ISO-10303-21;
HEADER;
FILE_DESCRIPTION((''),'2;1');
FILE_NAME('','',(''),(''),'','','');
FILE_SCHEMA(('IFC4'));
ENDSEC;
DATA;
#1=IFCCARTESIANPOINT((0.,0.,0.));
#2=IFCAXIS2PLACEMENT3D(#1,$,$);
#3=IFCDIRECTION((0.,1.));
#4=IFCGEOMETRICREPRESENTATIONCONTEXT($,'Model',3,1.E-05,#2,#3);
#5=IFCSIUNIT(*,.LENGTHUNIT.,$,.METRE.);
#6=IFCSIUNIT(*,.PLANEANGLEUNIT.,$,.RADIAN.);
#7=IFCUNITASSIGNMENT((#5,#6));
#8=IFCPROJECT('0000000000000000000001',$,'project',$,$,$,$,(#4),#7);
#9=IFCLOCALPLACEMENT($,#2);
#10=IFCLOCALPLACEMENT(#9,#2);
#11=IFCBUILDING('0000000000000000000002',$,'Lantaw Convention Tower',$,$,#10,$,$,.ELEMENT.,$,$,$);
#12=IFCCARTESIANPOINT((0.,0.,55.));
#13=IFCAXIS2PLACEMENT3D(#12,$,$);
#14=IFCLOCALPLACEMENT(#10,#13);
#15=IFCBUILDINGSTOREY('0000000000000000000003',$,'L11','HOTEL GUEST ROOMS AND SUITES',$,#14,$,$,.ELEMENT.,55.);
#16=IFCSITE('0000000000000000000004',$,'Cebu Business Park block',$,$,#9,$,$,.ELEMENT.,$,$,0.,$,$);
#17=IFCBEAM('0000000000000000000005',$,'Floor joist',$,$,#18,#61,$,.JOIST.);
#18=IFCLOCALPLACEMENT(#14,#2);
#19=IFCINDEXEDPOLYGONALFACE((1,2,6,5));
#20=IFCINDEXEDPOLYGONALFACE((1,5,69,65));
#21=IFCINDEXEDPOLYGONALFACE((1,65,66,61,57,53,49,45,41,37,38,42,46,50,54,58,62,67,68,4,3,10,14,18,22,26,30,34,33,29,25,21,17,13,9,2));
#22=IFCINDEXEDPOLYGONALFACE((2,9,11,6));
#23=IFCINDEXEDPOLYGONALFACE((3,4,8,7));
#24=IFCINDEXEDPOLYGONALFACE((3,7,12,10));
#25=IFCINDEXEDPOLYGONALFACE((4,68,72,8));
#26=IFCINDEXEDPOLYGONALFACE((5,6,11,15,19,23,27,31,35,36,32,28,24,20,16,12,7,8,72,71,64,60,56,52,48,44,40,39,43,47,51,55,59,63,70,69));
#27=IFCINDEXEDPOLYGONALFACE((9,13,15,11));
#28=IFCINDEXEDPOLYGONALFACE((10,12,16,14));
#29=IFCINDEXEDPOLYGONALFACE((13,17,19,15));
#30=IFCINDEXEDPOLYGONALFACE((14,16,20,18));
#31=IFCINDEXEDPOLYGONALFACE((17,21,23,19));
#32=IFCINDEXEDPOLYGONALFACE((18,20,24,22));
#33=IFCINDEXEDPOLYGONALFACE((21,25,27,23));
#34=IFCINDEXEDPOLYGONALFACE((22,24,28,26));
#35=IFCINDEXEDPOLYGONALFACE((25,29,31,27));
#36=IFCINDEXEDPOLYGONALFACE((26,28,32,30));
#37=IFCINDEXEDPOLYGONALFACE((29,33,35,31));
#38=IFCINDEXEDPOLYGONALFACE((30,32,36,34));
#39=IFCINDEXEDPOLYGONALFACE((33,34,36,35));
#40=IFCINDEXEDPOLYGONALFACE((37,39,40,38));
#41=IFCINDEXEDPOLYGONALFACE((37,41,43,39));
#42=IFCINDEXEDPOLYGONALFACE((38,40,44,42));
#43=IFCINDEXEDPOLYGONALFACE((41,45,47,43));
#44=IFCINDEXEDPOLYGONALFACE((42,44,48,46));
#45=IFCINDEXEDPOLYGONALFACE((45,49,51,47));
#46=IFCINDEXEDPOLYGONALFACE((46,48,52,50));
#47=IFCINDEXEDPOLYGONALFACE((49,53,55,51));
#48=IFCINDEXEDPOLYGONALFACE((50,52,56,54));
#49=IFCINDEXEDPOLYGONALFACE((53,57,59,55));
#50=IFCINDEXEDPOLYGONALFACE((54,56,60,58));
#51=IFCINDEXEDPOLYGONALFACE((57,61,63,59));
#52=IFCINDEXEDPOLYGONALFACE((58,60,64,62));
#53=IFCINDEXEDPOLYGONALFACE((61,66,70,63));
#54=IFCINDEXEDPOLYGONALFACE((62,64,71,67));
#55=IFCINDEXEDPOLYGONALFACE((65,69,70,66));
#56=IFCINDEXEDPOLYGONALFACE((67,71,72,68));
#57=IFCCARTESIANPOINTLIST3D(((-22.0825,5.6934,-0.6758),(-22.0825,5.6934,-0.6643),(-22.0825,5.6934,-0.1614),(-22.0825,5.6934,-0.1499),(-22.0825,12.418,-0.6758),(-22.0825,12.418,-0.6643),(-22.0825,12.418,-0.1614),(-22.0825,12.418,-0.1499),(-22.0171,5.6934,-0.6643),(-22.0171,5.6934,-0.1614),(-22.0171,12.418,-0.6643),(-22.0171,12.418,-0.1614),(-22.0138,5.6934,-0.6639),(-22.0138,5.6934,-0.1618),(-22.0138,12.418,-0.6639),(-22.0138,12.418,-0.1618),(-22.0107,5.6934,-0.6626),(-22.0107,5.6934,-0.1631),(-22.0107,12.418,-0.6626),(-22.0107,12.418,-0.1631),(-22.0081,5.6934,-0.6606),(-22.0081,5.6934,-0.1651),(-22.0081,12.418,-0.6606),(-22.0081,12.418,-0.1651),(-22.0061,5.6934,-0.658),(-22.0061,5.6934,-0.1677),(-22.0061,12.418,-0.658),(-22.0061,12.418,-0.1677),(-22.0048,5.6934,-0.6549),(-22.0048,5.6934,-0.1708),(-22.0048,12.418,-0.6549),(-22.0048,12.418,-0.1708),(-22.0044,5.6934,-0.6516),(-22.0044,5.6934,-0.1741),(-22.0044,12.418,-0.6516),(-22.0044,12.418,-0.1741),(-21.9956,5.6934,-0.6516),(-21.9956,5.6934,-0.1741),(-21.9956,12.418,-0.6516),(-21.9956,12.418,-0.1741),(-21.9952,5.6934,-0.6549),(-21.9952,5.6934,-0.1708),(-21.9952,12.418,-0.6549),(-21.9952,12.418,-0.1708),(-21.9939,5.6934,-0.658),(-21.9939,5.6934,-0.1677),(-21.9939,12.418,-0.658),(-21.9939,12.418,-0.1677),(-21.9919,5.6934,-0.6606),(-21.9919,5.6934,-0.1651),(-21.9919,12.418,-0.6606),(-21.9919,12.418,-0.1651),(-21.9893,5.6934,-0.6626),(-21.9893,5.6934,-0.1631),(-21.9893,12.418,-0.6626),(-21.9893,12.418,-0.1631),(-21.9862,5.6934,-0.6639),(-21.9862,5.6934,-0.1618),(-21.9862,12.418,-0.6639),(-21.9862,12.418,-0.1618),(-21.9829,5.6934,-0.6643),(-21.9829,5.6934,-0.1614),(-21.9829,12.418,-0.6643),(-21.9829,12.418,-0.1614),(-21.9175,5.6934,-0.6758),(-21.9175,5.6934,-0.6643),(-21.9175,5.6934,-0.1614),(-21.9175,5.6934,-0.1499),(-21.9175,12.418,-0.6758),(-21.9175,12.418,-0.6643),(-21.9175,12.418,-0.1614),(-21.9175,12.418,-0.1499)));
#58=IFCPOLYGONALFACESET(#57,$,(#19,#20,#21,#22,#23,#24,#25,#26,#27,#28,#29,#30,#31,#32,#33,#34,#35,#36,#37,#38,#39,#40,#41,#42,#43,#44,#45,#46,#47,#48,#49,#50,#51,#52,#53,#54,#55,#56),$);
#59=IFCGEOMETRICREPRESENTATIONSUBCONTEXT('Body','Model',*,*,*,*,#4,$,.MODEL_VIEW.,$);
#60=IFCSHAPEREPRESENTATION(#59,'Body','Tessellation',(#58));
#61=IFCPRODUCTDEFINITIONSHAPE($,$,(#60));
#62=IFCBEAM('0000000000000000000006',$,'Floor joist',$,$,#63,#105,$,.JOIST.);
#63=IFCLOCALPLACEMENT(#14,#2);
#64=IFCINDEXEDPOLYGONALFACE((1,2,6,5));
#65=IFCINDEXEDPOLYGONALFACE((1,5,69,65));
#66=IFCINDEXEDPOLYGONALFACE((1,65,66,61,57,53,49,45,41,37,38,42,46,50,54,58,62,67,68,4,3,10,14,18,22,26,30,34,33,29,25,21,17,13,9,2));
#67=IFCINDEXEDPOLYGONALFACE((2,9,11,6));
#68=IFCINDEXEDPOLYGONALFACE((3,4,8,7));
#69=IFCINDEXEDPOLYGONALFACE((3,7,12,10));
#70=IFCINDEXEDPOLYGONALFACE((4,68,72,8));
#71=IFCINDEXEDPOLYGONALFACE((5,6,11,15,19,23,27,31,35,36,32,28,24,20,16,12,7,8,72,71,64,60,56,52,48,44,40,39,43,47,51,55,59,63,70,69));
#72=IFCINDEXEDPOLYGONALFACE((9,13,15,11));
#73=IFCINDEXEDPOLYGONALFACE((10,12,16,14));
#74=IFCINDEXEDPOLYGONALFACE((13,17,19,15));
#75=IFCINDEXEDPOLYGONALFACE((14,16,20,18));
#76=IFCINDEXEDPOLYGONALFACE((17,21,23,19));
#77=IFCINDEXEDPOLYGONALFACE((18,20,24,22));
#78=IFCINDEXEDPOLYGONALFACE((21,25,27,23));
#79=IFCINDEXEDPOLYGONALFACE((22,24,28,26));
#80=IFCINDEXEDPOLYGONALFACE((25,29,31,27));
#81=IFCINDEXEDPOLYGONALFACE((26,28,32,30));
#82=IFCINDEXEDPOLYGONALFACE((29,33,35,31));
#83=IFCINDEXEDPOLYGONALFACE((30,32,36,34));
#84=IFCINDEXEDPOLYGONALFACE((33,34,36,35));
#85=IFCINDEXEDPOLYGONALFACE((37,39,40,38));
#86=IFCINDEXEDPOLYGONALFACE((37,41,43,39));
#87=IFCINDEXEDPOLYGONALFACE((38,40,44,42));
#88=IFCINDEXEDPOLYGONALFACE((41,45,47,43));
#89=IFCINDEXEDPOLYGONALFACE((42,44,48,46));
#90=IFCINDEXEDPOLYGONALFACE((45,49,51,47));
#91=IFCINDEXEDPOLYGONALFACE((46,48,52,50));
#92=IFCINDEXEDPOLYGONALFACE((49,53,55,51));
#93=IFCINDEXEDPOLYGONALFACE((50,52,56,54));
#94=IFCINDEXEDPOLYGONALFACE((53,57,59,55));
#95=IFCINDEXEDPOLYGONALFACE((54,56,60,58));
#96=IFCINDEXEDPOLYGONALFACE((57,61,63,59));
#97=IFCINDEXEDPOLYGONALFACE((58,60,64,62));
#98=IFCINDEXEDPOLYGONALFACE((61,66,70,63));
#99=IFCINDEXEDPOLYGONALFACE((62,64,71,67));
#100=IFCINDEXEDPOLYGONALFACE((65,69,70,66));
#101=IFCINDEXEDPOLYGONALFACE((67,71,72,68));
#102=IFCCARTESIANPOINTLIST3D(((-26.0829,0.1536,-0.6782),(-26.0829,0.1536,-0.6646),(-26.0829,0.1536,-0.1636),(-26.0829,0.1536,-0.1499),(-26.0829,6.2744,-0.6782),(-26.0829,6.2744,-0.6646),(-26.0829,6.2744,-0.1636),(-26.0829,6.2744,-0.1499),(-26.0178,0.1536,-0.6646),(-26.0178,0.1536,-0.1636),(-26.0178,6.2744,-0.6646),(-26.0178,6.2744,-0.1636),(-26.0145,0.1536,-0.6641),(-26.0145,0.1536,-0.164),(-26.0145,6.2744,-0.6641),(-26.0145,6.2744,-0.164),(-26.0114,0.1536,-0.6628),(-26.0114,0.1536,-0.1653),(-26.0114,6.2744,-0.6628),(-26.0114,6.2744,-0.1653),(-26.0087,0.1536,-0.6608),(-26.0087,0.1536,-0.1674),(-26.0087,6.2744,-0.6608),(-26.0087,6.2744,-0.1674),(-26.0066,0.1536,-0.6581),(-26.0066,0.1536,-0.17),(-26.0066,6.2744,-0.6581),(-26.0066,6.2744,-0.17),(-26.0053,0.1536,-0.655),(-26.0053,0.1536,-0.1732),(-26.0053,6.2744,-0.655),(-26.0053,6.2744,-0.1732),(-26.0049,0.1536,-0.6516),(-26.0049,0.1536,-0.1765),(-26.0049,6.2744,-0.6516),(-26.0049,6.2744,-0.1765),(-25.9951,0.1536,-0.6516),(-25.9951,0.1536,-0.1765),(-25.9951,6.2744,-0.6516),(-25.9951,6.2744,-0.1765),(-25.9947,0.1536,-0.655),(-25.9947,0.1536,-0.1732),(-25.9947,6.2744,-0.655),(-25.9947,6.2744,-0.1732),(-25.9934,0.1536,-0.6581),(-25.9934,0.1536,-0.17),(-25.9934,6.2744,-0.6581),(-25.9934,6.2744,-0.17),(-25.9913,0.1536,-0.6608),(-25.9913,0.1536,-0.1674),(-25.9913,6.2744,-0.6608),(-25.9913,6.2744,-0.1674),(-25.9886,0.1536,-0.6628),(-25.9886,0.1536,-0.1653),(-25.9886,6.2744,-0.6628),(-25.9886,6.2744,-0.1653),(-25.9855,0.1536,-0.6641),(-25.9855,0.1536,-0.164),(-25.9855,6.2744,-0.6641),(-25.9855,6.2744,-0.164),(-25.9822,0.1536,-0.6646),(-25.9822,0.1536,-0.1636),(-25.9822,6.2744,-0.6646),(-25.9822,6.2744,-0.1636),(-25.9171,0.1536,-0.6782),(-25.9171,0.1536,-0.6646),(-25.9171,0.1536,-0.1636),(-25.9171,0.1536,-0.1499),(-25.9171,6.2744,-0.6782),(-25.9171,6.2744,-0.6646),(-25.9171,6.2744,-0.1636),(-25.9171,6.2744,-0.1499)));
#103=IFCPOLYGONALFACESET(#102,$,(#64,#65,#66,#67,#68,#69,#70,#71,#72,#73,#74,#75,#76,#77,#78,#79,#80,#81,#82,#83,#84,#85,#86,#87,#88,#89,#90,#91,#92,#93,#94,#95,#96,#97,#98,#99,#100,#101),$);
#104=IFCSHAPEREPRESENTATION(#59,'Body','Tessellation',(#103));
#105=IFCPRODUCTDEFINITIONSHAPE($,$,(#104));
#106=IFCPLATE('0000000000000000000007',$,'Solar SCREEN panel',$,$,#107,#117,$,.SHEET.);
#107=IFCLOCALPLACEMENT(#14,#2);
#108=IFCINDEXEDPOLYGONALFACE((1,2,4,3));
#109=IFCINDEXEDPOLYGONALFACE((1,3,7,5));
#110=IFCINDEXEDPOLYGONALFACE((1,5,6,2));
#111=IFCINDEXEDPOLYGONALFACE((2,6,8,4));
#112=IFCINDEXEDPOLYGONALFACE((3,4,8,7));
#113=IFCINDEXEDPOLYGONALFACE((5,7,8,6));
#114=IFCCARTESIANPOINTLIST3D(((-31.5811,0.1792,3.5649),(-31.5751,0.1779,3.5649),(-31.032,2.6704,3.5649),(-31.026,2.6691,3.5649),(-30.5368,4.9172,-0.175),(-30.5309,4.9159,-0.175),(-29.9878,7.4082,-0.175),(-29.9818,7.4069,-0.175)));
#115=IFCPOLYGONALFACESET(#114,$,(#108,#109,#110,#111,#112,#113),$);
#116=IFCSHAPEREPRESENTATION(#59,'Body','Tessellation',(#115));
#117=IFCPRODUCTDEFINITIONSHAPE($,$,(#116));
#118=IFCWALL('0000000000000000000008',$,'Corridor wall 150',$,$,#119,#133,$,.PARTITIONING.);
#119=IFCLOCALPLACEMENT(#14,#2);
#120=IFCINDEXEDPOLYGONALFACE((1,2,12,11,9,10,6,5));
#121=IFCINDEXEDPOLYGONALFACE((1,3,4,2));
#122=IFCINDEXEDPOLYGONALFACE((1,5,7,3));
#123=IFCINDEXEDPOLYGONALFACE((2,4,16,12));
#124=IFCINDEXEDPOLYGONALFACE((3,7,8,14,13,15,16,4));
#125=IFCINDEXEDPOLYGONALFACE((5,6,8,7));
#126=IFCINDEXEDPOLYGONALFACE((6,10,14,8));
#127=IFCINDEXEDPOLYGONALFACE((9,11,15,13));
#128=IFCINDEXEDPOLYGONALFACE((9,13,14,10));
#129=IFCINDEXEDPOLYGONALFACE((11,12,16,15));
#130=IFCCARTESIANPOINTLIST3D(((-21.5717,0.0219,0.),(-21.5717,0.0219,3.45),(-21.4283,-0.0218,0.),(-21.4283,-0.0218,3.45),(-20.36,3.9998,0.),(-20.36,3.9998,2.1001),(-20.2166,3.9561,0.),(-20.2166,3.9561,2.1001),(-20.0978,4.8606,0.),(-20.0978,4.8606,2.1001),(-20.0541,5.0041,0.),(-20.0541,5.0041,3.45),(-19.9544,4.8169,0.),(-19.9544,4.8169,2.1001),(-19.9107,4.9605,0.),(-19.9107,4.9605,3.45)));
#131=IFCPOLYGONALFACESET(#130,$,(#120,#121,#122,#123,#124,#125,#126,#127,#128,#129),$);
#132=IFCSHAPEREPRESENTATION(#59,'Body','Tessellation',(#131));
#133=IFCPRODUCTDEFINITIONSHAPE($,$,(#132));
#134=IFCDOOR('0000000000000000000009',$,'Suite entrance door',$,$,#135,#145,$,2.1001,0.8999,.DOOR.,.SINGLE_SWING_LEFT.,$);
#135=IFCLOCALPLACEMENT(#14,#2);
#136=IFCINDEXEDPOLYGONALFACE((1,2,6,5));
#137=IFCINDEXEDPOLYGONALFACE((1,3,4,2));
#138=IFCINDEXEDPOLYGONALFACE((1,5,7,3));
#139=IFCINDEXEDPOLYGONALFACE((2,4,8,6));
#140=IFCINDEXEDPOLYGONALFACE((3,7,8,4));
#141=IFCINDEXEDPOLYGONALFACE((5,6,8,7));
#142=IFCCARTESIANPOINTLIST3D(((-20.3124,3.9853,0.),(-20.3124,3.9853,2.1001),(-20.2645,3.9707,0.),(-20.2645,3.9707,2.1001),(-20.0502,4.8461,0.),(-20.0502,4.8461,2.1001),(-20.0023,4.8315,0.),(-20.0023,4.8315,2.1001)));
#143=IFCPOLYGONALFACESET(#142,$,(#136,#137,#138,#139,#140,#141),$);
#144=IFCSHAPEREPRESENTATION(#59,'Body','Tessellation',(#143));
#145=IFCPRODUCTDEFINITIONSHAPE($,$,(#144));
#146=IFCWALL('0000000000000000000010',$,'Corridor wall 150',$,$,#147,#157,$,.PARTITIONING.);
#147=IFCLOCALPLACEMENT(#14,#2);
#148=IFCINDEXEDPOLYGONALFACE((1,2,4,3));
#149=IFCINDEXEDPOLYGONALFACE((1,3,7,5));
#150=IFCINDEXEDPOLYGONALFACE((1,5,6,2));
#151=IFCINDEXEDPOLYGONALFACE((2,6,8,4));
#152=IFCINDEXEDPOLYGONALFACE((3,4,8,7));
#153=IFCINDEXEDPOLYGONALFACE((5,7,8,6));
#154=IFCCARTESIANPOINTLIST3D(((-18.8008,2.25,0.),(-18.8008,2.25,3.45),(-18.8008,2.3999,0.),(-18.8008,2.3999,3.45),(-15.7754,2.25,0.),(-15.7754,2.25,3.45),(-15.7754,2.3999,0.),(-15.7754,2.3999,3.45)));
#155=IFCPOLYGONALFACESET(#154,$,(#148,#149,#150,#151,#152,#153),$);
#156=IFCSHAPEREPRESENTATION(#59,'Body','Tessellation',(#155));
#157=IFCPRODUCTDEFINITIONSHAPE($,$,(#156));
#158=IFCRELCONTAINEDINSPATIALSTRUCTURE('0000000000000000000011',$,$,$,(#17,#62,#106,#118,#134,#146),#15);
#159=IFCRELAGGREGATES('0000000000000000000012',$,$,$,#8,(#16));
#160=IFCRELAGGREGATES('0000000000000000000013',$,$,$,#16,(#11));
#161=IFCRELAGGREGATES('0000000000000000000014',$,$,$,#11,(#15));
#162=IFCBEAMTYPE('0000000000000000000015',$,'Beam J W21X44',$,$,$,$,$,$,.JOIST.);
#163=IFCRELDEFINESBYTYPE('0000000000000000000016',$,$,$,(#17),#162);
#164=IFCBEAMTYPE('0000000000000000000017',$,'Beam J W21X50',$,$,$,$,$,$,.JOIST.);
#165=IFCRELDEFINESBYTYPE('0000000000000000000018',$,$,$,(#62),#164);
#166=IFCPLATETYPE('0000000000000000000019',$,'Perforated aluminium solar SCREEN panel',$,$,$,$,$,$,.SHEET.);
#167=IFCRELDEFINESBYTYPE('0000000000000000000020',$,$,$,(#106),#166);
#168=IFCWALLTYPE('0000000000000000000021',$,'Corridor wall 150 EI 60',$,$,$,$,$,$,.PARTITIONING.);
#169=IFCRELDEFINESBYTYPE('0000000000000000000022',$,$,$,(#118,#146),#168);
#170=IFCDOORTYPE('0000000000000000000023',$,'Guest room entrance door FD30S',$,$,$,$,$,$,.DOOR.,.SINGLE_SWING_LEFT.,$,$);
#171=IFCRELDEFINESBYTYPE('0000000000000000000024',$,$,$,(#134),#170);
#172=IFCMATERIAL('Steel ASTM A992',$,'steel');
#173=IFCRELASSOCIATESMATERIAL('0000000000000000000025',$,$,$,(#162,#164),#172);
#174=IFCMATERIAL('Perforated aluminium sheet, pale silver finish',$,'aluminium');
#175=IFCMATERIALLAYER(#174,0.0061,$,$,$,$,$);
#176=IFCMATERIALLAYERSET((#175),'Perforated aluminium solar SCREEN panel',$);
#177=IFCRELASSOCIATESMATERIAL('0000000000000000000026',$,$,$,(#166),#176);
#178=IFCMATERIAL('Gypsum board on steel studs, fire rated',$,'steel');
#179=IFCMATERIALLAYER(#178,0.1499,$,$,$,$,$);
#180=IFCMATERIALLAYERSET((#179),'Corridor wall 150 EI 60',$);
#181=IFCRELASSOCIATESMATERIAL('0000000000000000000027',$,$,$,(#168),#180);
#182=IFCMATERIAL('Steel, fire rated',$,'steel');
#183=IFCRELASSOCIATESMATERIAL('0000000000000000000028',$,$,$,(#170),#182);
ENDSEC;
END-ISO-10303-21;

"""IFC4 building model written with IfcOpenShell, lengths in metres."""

from ifc_helpers import new_model, si_unit, direction, frame, frame_2d, origin, origin_2d, place, context, subcontext, project, spatial, polyline, rectangle, i_section, outline, extrude, material, layer, layer_set, material_profile, profile_set, type_object, element, fill, save


model = new_model("IFC4")

# Units and contexts
model_context = context("Model", 3, precision=1e-05, world=origin(), true_north=direction((0.0, 1.0)))
body_context = subcontext(model_context, "Body", "Model", "MODEL_VIEW")
ifc_project = project(units=[si_unit("LENGTHUNIT", "METRE"), si_unit("PLANEANGLEUNIT", "RADIAN")], contexts=[model_context])

# Site, building, storey
site_placement = place(None, origin())
site = spatial("IfcSite", under=ifc_project, at=site_placement, Name="Cebu Business Park block", CompositionType="ELEMENT", RefElevation=0.0)
building_placement = place(site_placement, origin())
building = spatial("IfcBuilding", under=site, at=building_placement, Name="Lantaw Convention Tower", CompositionType="ELEMENT")
storey_placement = place(building_placement, frame((0.0, 0.0, 55.0)))
storey = spatial("IfcBuildingStorey", under=building, at=storey_placement, Name="L11", Description="HOTEL GUEST ROOMS AND SUITES", CompositionType="ELEMENT", Elevation=55.0)

# Beams
ifc_material_1 = material(Name="Steel ASTM A992", Category="steel")
ifc_material_profile_1 = material_profile(ifc_material_1, i_section(OverallWidth=0.165, OverallDepth=0.5259, WebThickness=0.0088, FlangeThickness=0.0115, FilletRadius=0.0127, at=origin_2d()), Name="W21X44")
ifc_profile_set_1 = profile_set([ifc_material_profile_1], Name="Steel ASTM A992")
beam_type_1 = type_object("IfcBeamType", Name="Beam J W21X44", PredefinedType="JOIST", material=ifc_profile_set_1)
beam_1_placement = place(storey_placement, frame((-22.0, 5.6934, -0.4128), z_axis=(0.0, 1.0, 0.0), x_axis=(-1.0, 0.0, 0.0)))
element("IfcBeam", 1, at=beam_1_placement, inside=storey, type_object=beam_type_1, Name="Floor joist", PredefinedType="JOIST", context=body_context, shape_type="SweptSolid", body=[
    extrude(i_section(OverallWidth=0.165, OverallDepth=0.5259, WebThickness=0.0088, FlangeThickness=0.0115, FilletRadius=0.0127, at=origin_2d()), origin(), (0.0, 0.0, 1.0), 6.7246),
])
ifc_material_profile_2 = material_profile(ifc_material_1, i_section(OverallWidth=0.1658, OverallDepth=0.5283, WebThickness=0.0098, FlangeThickness=0.0137, FilletRadius=0.0129, at=origin_2d()), Name="W21X50")
ifc_profile_set_2 = profile_set([ifc_material_profile_2], Name="Steel ASTM A992")
beam_type_2 = type_object("IfcBeamType", Name="Beam J W21X50", PredefinedType="JOIST", material=ifc_profile_set_2)
beam_2_placement = place(storey_placement, frame((-26.0, 0.1536, -0.4141), z_axis=(0.0, 1.0, 0.0), x_axis=(-1.0, 0.0, 0.0)))
element("IfcBeam", 2, at=beam_2_placement, inside=storey, type_object=beam_type_2, Name="Floor joist", PredefinedType="JOIST", context=body_context, shape_type="SweptSolid", body=[
    extrude(i_section(OverallWidth=0.1658, OverallDepth=0.5283, WebThickness=0.0098, FlangeThickness=0.0137, FilletRadius=0.0129, at=origin_2d()), origin(), (0.0, 0.0, 1.0), 6.1208),
])

# Plate
ifc_material_2 = material(Name="Perforated aluminium sheet, pale silver finish", Category="aluminium")
ifc_layer_1 = layer(ifc_material_2, 0.0061)
ifc_layer_set_1 = layer_set([ifc_layer_1], Name="Perforated aluminium solar SCREEN panel")
plate_type = type_object("IfcPlateType", Name="Perforated aluminium solar SCREEN panel", PredefinedType="SHEET", material=ifc_layer_set_1)
plate_placement = place(storey_placement, frame((-29.9878, 7.4082, -0.175), z_axis=(-0.976559, 0.215248, 0.00003), x_axis=(-0.215248, -0.976559, 0.0)))
element("IfcPlate", 3, at=plate_placement, inside=storey, type_object=plate_type, Name="Solar SCREEN panel", PredefinedType="SHEET", context=body_context, shape_type="SweptSolid", body=[
    extrude(outline(polyline([(0.0, 0.0), (2.5508, 0.0), (7.4025, 3.74), (4.8515, 3.74), (0.0, 0.0)])), origin(), (0.0, 0.0, -1.0), 0.0061),
])

# Wall, opening, door
ifc_material_3 = material(Name="Gypsum board on steel studs, fire rated", Category="steel")
ifc_layer_2 = layer(ifc_material_3, 0.1499)
ifc_layer_set_2 = layer_set([ifc_layer_2], Name="Corridor wall 150 EI 60")
wall_type_1 = type_object("IfcWallType", Name="Corridor wall 150 EI 60", PredefinedType="PARTITIONING", material=ifc_layer_set_2)
wall_1_placement = place(storey_placement, frame((-19.9824, 4.9822, 0.0), z_axis=(0.0, 0.0, 1.0), x_axis=(-0.291384, -0.956606, 0.0)))
wall_1 = element("IfcWall", 4, at=wall_1_placement, inside=storey, type_object=wall_type_1, Name="Corridor wall 150", PredefinedType="PARTITIONING", context=body_context, shape_type="SweptSolid", body=[
    extrude(rectangle(XDim=5.2083, YDim=0.1499, at=frame_2d((2.604, 0.0))), origin(), (0.0, 0.0, 1.0), 3.45),
])
opening_1_placement = place(wall_1_placement, frame((0.1499, 0.0, 0.0)))
opening_1 = element("IfcOpeningElement", 5, at=opening_1_placement, cuts=wall_1, PredefinedType="OPENING", context=body_context, shape_type="SweptSolid", body=[
    extrude(rectangle(XDim=0.8999, YDim=2.1001, at=frame_2d((0.45, 1.05))), frame((0.0, 0.085, 0.0), z_axis=(0.0, -1.0, 0.0), x_axis=(1.0, 0.0, 0.0)), (0.0, 0.0, 1.0), 0.1699),
])
ifc_material_4 = material(Name="Steel, fire rated", Category="steel")
door_type_1 = type_object("IfcDoorType", Name="Guest room entrance door FD30S", OperationType="SINGLE_SWING_LEFT", PredefinedType="DOOR", material=ifc_material_4)
door_1_placement = place(opening_1_placement, origin())
door_1 = element("IfcDoor", 6, at=door_1_placement, inside=storey, type_object=door_type_1, Name="Suite entrance door", OperationType="SINGLE_SWING_LEFT", OverallHeight=2.1001, OverallWidth=0.8999, PredefinedType="DOOR", context=body_context, shape_type="SweptSolid", body=[
    extrude(rectangle(XDim=0.8999, YDim=2.1001, at=frame_2d((0.45, 1.05))), frame((0.0, 0.0249, 0.0), z_axis=(0.0, -1.0, 0.0), x_axis=(1.0, 0.0, 0.0)), (0.0, 0.0, 1.0), 0.05),
])
fill(opening_1, door_1)

# Wall
wall_2_placement = place(storey_placement, frame((-18.8008, 2.325, 0.0), z_axis=(0.0, 0.0, 1.0), x_axis=(1.0, 0.0, 0.0)))
element("IfcWall", 7, at=wall_2_placement, inside=storey, type_object=wall_type_1, Name="Corridor wall 150", PredefinedType="PARTITIONING", context=body_context, shape_type="SweptSolid", body=[
    extrude(rectangle(XDim=3.0254, YDim=0.1499, at=frame_2d((1.5127, 0.0))), origin(), (0.0, 0.0, 1.0), 3.45),
])

save(model, "model.ifc")
